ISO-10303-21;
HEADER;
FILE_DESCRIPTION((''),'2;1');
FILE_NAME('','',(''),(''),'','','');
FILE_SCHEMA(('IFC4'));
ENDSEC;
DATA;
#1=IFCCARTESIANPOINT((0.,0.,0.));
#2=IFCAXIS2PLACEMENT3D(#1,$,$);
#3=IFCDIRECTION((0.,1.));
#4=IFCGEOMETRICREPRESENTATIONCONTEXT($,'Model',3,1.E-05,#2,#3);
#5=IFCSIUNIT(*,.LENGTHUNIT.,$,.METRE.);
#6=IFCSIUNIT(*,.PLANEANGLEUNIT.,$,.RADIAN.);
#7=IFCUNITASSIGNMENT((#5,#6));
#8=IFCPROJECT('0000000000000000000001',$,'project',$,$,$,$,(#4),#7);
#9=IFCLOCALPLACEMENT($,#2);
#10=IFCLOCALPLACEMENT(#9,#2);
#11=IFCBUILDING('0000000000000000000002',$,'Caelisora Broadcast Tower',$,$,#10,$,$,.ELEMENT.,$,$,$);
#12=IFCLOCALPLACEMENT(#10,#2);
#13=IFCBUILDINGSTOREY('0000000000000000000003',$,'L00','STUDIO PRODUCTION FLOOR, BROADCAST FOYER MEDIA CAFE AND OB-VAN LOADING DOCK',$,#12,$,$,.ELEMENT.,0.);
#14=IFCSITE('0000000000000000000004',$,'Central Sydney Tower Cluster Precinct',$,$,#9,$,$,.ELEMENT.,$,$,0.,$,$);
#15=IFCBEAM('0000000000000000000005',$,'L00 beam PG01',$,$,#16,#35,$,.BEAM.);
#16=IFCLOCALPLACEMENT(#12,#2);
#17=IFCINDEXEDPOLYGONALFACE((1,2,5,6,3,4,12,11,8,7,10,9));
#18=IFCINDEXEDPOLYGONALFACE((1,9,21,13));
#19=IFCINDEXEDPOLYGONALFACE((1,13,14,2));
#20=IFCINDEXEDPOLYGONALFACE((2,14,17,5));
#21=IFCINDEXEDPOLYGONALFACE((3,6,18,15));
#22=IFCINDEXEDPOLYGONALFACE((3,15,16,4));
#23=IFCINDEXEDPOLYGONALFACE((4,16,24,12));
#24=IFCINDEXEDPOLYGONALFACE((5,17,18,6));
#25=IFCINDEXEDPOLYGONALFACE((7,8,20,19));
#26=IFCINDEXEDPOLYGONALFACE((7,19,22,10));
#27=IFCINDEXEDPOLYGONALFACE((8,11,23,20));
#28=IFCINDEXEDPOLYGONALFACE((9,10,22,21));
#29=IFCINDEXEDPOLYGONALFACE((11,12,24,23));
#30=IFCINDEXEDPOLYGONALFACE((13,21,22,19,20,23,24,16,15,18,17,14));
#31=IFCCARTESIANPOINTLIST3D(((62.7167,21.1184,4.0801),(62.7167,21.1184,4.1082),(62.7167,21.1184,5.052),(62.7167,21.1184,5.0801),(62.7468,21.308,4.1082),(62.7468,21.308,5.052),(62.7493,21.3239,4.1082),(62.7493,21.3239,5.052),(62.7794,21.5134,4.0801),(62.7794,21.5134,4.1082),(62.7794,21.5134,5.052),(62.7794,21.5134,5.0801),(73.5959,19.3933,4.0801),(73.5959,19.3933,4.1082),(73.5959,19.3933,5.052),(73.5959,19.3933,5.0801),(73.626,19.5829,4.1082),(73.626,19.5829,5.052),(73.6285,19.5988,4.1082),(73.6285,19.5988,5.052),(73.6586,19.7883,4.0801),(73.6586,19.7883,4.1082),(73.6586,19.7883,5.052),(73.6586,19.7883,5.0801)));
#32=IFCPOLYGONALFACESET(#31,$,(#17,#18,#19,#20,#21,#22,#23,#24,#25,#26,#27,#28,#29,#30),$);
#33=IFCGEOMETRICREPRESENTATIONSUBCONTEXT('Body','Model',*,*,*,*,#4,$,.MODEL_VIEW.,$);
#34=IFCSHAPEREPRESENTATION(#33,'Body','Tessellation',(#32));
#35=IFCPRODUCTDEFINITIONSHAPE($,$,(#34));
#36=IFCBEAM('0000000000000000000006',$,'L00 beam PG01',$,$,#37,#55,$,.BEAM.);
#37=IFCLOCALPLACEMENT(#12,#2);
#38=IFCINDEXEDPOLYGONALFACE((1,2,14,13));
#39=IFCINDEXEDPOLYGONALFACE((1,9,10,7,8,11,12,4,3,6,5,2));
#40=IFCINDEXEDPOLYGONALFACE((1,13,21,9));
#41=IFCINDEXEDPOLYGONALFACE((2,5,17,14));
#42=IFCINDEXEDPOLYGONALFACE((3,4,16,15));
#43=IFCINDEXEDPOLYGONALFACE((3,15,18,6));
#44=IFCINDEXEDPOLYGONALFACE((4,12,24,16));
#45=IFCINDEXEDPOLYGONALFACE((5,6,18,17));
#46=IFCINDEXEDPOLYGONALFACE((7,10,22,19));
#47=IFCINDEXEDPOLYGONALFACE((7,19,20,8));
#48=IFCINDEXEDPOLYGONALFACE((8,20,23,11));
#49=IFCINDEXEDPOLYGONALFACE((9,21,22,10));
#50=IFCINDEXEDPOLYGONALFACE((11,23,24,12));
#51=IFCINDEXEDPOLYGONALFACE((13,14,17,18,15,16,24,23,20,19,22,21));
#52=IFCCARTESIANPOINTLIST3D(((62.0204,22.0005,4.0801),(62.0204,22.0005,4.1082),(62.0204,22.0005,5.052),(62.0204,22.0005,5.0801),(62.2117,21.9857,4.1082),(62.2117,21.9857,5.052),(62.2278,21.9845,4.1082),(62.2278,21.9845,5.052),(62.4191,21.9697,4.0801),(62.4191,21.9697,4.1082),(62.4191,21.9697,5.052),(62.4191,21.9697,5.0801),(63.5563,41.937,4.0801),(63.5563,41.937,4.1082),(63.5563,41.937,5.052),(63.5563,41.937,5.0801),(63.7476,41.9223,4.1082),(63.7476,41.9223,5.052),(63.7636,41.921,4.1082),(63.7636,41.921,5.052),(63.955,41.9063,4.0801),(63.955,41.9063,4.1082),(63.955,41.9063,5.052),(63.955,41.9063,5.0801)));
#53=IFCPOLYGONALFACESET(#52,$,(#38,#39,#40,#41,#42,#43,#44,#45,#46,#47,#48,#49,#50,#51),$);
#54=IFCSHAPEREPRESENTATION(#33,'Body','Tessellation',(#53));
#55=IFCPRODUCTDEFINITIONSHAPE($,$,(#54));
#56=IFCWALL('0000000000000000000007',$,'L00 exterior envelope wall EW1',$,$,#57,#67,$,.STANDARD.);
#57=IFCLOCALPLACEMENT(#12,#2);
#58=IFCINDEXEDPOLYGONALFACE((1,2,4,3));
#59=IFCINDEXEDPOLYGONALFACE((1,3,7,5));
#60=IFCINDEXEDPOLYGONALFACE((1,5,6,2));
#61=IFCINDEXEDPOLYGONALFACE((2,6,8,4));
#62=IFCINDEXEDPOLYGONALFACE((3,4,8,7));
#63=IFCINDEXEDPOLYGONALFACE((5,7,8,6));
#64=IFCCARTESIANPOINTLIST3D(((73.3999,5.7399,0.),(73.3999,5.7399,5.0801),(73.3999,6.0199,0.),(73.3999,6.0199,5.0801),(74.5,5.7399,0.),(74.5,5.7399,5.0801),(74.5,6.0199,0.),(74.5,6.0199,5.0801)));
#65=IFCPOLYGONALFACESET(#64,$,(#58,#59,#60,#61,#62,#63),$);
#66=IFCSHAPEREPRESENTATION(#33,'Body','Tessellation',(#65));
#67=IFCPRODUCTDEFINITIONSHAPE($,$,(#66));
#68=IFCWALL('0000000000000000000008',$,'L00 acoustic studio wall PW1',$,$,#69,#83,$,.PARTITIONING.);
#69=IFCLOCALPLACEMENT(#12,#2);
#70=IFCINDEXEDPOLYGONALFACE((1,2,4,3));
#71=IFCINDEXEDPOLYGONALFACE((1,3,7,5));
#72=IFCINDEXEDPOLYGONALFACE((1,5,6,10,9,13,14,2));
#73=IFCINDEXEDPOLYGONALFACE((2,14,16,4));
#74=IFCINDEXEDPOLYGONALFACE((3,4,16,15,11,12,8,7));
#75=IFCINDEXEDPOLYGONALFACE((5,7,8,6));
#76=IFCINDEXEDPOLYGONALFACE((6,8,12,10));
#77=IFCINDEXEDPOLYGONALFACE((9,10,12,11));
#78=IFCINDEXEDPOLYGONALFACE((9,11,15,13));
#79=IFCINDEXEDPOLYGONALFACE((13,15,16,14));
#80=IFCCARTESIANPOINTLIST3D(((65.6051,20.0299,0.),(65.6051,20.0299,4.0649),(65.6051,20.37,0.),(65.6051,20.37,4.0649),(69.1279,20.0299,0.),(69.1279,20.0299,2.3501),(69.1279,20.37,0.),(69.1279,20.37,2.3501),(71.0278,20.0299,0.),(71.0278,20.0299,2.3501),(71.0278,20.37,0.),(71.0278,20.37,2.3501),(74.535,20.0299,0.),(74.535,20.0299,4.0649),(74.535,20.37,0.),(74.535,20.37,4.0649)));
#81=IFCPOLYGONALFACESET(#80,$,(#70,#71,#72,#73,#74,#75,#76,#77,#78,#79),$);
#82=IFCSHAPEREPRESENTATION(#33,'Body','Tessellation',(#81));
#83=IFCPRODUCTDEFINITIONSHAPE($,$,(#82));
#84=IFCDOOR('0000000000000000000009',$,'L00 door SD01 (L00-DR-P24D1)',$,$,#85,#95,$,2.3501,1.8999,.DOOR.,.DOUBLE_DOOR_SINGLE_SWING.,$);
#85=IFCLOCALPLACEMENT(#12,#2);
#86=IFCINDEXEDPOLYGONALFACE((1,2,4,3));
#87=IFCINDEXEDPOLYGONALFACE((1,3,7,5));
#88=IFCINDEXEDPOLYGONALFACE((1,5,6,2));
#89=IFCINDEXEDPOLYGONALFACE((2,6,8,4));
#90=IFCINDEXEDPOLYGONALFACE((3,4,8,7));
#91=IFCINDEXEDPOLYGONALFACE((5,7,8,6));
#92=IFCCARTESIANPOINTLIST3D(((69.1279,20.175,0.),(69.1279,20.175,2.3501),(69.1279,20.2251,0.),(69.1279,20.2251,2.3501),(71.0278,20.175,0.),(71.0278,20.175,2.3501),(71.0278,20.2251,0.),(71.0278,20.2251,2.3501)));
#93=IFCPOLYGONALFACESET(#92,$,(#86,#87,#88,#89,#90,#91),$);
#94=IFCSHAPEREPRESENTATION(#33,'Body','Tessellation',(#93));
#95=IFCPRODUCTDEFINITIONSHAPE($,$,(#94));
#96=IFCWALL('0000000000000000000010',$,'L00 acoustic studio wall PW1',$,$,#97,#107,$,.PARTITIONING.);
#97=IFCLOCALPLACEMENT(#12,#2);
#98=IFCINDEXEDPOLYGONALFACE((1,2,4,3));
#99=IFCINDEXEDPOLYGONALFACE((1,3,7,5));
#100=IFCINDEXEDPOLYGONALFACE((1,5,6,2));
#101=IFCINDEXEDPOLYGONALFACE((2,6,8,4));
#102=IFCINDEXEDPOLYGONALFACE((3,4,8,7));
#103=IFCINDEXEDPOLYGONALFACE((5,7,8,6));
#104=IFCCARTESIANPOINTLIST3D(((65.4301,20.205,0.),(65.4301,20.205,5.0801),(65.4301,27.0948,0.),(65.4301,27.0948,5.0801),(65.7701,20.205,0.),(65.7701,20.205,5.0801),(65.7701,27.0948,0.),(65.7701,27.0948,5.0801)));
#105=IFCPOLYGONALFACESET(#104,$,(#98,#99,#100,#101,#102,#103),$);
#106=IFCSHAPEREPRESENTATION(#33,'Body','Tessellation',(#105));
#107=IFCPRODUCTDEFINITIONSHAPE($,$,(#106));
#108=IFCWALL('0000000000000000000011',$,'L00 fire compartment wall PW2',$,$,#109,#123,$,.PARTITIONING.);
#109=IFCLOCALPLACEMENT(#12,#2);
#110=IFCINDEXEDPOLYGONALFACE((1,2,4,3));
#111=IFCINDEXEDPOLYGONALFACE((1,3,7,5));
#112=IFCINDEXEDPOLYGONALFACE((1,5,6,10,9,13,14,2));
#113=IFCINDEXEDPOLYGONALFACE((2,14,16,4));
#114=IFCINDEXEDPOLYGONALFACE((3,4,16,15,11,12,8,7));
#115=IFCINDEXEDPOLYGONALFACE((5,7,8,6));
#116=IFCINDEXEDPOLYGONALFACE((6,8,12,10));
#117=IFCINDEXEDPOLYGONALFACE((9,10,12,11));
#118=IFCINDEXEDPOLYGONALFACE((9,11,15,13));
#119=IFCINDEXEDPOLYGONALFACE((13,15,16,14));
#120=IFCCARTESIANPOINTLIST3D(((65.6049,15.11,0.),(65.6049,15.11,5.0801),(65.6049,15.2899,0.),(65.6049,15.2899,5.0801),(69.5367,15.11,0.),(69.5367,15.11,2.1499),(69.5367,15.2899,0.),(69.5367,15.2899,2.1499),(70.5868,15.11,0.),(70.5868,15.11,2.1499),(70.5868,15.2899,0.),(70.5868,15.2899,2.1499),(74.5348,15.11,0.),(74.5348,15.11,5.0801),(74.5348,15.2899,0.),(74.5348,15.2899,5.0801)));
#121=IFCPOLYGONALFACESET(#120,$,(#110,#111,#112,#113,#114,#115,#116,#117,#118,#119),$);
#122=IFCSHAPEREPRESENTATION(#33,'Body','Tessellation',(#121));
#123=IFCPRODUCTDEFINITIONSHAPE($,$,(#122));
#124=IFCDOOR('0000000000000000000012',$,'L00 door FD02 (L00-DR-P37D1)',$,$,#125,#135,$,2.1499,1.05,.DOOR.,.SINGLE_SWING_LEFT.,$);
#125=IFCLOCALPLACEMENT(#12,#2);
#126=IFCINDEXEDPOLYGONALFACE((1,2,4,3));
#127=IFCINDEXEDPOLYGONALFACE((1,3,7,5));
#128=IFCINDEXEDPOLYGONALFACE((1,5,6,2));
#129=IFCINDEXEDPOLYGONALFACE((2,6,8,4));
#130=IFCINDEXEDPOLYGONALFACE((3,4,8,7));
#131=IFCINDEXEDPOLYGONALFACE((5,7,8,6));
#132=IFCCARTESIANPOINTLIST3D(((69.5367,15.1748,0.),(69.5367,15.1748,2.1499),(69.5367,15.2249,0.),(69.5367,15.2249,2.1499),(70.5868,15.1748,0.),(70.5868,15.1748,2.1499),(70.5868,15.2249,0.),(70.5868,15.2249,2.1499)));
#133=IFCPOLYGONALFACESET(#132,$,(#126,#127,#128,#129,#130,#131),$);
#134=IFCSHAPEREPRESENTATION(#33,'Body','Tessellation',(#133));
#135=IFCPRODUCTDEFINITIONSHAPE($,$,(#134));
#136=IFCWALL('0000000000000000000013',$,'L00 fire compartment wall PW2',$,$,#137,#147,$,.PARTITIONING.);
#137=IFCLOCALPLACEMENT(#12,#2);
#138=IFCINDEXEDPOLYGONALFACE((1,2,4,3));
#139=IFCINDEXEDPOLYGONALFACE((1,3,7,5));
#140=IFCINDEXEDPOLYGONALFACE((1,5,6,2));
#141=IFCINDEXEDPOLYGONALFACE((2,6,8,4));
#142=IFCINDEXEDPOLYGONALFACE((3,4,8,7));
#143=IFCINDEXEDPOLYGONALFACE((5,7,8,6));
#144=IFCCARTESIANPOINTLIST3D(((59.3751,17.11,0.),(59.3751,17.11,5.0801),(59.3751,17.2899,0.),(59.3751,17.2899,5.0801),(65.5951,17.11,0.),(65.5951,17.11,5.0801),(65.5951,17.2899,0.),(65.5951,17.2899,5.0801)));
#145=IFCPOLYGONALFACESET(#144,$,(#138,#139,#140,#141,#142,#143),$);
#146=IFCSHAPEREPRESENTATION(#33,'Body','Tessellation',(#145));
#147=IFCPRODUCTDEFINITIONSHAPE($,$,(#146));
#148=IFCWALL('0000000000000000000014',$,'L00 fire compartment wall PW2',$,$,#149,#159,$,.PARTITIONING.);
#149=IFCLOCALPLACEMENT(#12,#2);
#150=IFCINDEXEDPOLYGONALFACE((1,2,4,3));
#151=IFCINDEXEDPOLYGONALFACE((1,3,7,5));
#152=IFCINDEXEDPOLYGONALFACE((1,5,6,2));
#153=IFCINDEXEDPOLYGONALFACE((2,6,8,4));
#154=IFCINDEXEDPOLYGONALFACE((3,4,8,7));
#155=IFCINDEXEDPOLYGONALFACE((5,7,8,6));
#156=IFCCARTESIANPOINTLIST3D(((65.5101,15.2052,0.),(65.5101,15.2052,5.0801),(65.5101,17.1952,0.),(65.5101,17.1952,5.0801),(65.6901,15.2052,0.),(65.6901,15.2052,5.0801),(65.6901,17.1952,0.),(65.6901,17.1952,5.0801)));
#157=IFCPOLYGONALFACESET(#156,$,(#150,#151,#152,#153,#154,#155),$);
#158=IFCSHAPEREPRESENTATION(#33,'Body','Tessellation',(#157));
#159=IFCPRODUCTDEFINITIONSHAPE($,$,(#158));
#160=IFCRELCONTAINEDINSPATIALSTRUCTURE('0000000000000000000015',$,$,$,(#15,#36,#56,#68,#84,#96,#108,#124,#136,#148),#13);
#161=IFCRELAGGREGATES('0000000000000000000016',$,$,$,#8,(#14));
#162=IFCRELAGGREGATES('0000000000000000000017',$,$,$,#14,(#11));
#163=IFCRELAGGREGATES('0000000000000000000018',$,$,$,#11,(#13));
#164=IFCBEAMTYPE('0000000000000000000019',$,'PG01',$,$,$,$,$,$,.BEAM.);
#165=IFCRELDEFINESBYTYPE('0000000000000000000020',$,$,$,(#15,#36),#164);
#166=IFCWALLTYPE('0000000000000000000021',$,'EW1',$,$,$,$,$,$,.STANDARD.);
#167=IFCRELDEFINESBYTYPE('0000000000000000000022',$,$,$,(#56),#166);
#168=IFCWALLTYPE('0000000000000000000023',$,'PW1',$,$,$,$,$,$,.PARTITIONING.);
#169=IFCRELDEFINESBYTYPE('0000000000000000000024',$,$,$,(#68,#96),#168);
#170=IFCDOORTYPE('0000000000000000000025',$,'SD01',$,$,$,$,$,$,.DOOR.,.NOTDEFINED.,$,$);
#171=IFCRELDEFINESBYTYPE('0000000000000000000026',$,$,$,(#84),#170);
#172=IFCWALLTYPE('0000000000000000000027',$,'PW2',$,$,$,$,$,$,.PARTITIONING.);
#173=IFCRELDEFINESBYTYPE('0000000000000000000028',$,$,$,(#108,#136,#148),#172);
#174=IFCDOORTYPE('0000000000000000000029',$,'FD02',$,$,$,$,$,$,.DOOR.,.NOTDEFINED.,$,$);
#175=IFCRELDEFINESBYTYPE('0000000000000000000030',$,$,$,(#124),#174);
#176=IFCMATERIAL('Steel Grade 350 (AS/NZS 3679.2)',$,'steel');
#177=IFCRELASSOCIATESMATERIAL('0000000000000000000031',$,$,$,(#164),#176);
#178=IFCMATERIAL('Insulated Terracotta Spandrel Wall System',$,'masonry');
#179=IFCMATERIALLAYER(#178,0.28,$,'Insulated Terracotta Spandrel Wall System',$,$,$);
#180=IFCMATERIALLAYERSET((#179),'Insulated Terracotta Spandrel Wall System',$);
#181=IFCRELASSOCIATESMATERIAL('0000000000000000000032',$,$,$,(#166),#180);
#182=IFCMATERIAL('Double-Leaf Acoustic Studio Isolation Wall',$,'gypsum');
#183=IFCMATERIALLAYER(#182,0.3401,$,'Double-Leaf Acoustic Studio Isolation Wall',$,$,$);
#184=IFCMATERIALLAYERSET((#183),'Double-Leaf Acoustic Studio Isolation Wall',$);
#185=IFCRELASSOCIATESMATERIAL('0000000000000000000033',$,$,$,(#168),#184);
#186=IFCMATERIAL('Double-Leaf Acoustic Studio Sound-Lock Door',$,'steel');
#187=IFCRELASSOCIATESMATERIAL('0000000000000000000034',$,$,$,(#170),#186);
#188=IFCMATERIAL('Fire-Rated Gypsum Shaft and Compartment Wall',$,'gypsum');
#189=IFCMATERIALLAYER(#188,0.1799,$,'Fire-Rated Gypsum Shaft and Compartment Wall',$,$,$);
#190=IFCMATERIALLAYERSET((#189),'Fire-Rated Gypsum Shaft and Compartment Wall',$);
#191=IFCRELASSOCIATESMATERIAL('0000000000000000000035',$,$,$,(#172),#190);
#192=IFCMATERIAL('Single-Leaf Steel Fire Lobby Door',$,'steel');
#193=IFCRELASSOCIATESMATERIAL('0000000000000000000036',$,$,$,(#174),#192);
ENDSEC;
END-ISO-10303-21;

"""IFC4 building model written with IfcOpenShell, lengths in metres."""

from ifc_helpers import new_model, si_unit, direction, frame, frame_2d, origin, origin_2d, place, context, subcontext, project, spatial, rectangle, i_section, extrude, source, transform, mapped, material, layer, layer_set, material_profile, profile_set, type_object, element, fill, save


model = new_model("IFC4")

# Units and contexts
model_context = context("Model", 3, precision=1e-05, world=origin(), true_north=direction((0.0, 1.0)))
body_context = subcontext(model_context, "Body", "Model", "MODEL_VIEW")
ifc_project = project(units=[si_unit("LENGTHUNIT", "METRE"), si_unit("PLANEANGLEUNIT", "RADIAN")], contexts=[model_context])

# Site, building, storey
site_placement = place(None, origin())
site = spatial("IfcSite", under=ifc_project, at=site_placement, Name="Central Sydney Tower Cluster Precinct", CompositionType="ELEMENT", RefElevation=0.0)
building_placement = place(site_placement, origin())
building = spatial("IfcBuilding", under=site, at=building_placement, Name="Caelisora Broadcast Tower", CompositionType="ELEMENT")
storey_placement = place(building_placement, origin())
storey = spatial("IfcBuildingStorey", under=building, at=storey_placement, Name="L00", Description="STUDIO PRODUCTION FLOOR, BROADCAST FOYER MEDIA CAFE AND OB-VAN LOADING DOCK", CompositionType="ELEMENT", Elevation=0.0)

# Beams
ifc_material_1 = material(Name="Steel Grade 350 (AS/NZS 3679.2)", Category="steel")
ifc_material_profile_1 = material_profile(ifc_material_1, i_section(OverallWidth=0.3999, OverallDepth=1.0, WebThickness=0.0161, FlangeThickness=0.0281, at=origin_2d()), Name="Steel Grade 350 (AS/NZS 3679.2)")
ifc_profile_set_1 = profile_set([ifc_material_profile_1], Name="Steel Grade 350 (AS/NZS 3679.2)")
beam_type_1 = type_object("IfcBeamType", Name="PG01", PredefinedType="BEAM", material=ifc_profile_set_1)
shared_shape_1 = source(origin(), body_context, "Body", "SweptSolid", [
    extrude(i_section(OverallWidth=0.3999, OverallDepth=1.0, WebThickness=0.0161, FlangeThickness=0.0281, at=origin_2d()), origin(), (0.0, 0.0, 1.0), 11.0151),
])
beam_1_placement = place(storey_placement, frame((62.748, 21.3159, 4.5801), z_axis=(0.98766, -0.156612, 0.0), x_axis=(0.156612, 0.98766, 0.0)))
element("IfcBeam", 1, at=beam_1_placement, inside=storey, type_object=beam_type_1, Name="L00 beam PG01", PredefinedType="BEAM", context=body_context, shape_type="MappedRepresentation", body=[
    mapped(shared_shape_1, transform((0.0, 0.0, 0.0), scale=1.0)),
])
shared_shape_2 = source(origin(), body_context, "Body", "SweptSolid", [
    extrude(i_section(OverallWidth=0.3999, OverallDepth=1.0, WebThickness=0.0161, FlangeThickness=0.0281, at=origin_2d()), origin(), (0.0, 0.0, 1.0), 19.9956),
])
beam_2_placement = place(storey_placement, frame((62.2197, 21.9851, 4.5801), z_axis=(0.076811, 0.997046, 0.0), x_axis=(-0.997046, 0.076811, 0.0)))
element("IfcBeam", 2, at=beam_2_placement, inside=storey, type_object=beam_type_1, Name="L00 beam PG01", PredefinedType="BEAM", context=body_context, shape_type="MappedRepresentation", body=[
    mapped(shared_shape_2, transform((0.0, 0.0, 0.0), scale=1.0)),
])

# Wall
ifc_material_2 = material(Name="Insulated Terracotta Spandrel Wall System", Category="masonry")
ifc_layer_1 = layer(ifc_material_2, 0.28, Name="Insulated Terracotta Spandrel Wall System")
ifc_layer_set_1 = layer_set([ifc_layer_1], Name="Insulated Terracotta Spandrel Wall System")
wall_type_1 = type_object("IfcWallType", Name="EW1", PredefinedType="STANDARD", material=ifc_layer_set_1)
wall_1_placement = place(storey_placement, frame((73.3999, 5.8799, 0.0), z_axis=(0.0, 0.0, 1.0), x_axis=(1.0, 0.0, 0.0)))
element("IfcWall", 3, at=wall_1_placement, inside=storey, type_object=wall_type_1, Name="L00 exterior envelope wall EW1", PredefinedType="STANDARD", context=body_context, shape_type="SweptSolid", body=[
    extrude(rectangle(XDim=1.1001, YDim=0.28, at=frame_2d((0.55, 0.0))), origin(), (0.0, 0.0, 1.0), 5.0801),
])

# Wall, opening, door
ifc_material_3 = material(Name="Double-Leaf Acoustic Studio Isolation Wall", Category="gypsum")
ifc_layer_2 = layer(ifc_material_3, 0.3401, Name="Double-Leaf Acoustic Studio Isolation Wall")
ifc_layer_set_2 = layer_set([ifc_layer_2], Name="Double-Leaf Acoustic Studio Isolation Wall")
wall_type_2 = type_object("IfcWallType", Name="PW1", PredefinedType="PARTITIONING", material=ifc_layer_set_2)
wall_2_placement = place(storey_placement, frame((74.5349, 20.2, 0.0), z_axis=(0.0, 0.0, 1.0), x_axis=(-1.0, 0.0, 0.0)))
wall_2 = element("IfcWall", 4, at=wall_2_placement, inside=storey, type_object=wall_type_2, Name="L00 acoustic studio wall PW1", PredefinedType="PARTITIONING", context=body_context, shape_type="SweptSolid", body=[
    extrude(rectangle(XDim=8.9299, YDim=0.3401, at=frame_2d((4.4648, 0.0))), origin(), (0.0, 0.0, 1.0), 4.0649),
])
opening_1_placement = place(wall_2_placement, frame((3.5071, 0.0, 0.0)))
opening_1 = element("IfcOpeningElement", 5, at=opening_1_placement, cuts=wall_2, PredefinedType="OPENING", context=body_context, shape_type="SweptSolid", body=[
    extrude(rectangle(XDim=1.8999, YDim=2.3501, at=frame_2d((0.95, 1.175))), frame((0.0, 0.1821, 0.0), z_axis=(0.0, -1.0, 0.0), x_axis=(1.0, 0.0, 0.0)), (0.0, 0.0, 1.0), 0.364),
])
ifc_material_4 = material(Name="Double-Leaf Acoustic Studio Sound-Lock Door", Category="steel")
door_type_1 = type_object("IfcDoorType", Name="SD01", OperationType="NOTDEFINED", PredefinedType="DOOR", material=ifc_material_4)
door_1_placement = place(opening_1_placement, origin())
door_1 = element("IfcDoor", 6, at=door_1_placement, inside=storey, type_object=door_type_1, Name="L00 door SD01 (L00-DR-P24D1)", OperationType="DOUBLE_DOOR_SINGLE_SWING", OverallHeight=2.3501, OverallWidth=1.8999, PredefinedType="DOOR", context=body_context, shape_type="SweptSolid", body=[
    extrude(rectangle(XDim=1.8999, YDim=2.3501, at=frame_2d((0.95, 1.175))), frame((0.0, 0.0249, 0.0), z_axis=(0.0, -1.0, 0.0), x_axis=(1.0, 0.0, 0.0)), (0.0, 0.0, 1.0), 0.05),
])
fill(opening_1, door_1)

# Wall
wall_3_placement = place(storey_placement, frame((65.6001, 20.2051, 0.0), z_axis=(0.0, 0.0, 1.0), x_axis=(0.0, 1.0, 0.0)))
element("IfcWall", 7, at=wall_3_placement, inside=storey, type_object=wall_type_2, Name="L00 acoustic studio wall PW1", PredefinedType="PARTITIONING", context=body_context, shape_type="SweptSolid", body=[
    extrude(rectangle(XDim=6.8899, YDim=0.3401, at=frame_2d((3.4448, 0.0))), origin(), (0.0, 0.0, 1.0), 5.0801),
])

# Wall, opening, door
ifc_material_5 = material(Name="Fire-Rated Gypsum Shaft and Compartment Wall", Category="gypsum")
ifc_layer_3 = layer(ifc_material_5, 0.1799, Name="Fire-Rated Gypsum Shaft and Compartment Wall")
ifc_layer_set_3 = layer_set([ifc_layer_3], Name="Fire-Rated Gypsum Shaft and Compartment Wall")
wall_type_3 = type_object("IfcWallType", Name="PW2", PredefinedType="PARTITIONING", material=ifc_layer_set_3)
wall_4_placement = place(storey_placement, frame((65.605, 15.2, 0.0), z_axis=(0.0, 0.0, 1.0), x_axis=(1.0, 0.0, 0.0)))
wall_4 = element("IfcWall", 8, at=wall_4_placement, inside=storey, type_object=wall_type_3, Name="L00 fire compartment wall PW2", PredefinedType="PARTITIONING", context=body_context, shape_type="SweptSolid", body=[
    extrude(rectangle(XDim=8.9299, YDim=0.1799, at=frame_2d((4.4648, 0.0))), origin(), (0.0, 0.0, 1.0), 5.0801),
])
opening_2_placement = place(wall_4_placement, frame((3.9319, 0.0, 0.0)))
opening_2 = element("IfcOpeningElement", 9, at=opening_2_placement, cuts=wall_4, PredefinedType="OPENING", context=body_context, shape_type="SweptSolid", body=[
    extrude(rectangle(XDim=1.05, YDim=2.1499, at=frame_2d((0.5249, 1.075))), frame((0.0, 0.1021, 0.0), z_axis=(0.0, -1.0, 0.0), x_axis=(1.0, 0.0, 0.0)), (0.0, 0.0, 1.0), 0.2039),
])
ifc_material_6 = material(Name="Single-Leaf Steel Fire Lobby Door", Category="steel")
door_type_2 = type_object("IfcDoorType", Name="FD02", OperationType="NOTDEFINED", PredefinedType="DOOR", material=ifc_material_6)
door_2_placement = place(opening_2_placement, origin())
door_2 = element("IfcDoor", 10, at=door_2_placement, inside=storey, type_object=door_type_2, Name="L00 door FD02 (L00-DR-P37D1)", OperationType="SINGLE_SWING_LEFT", OverallHeight=2.1499, OverallWidth=1.05, PredefinedType="DOOR", context=body_context, shape_type="SweptSolid", body=[
    extrude(rectangle(XDim=1.05, YDim=2.1499, at=frame_2d((0.5249, 1.075))), frame((0.0, 0.0249, 0.0), z_axis=(0.0, -1.0, 0.0), x_axis=(1.0, 0.0, 0.0)), (0.0, 0.0, 1.0), 0.05),
])
fill(opening_2, door_2)

# Walls
wall_5_placement = place(storey_placement, frame((65.595, 17.2, 0.0), z_axis=(0.0, 0.0, 1.0), x_axis=(-1.0, 0.0, 0.0)))
element("IfcWall", 11, at=wall_5_placement, inside=storey, type_object=wall_type_3, Name="L00 fire compartment wall PW2", PredefinedType="PARTITIONING", context=body_context, shape_type="SweptSolid", body=[
    extrude(rectangle(XDim=6.22, YDim=0.1799, at=frame_2d((3.1099, 0.0))), origin(), (0.0, 0.0, 1.0), 5.0801),
])
wall_6_placement = place(storey_placement, frame((65.6001, 15.2051, 0.0), z_axis=(0.0, 0.0, 1.0), x_axis=(0.0, 1.0, 0.0)))
element("IfcWall", 12, at=wall_6_placement, inside=storey, type_object=wall_type_3, Name="L00 fire compartment wall PW2", PredefinedType="PARTITIONING", context=body_context, shape_type="SweptSolid", body=[
    extrude(rectangle(XDim=1.99, YDim=0.1799, at=frame_2d((0.9951, 0.0))), origin(), (0.0, 0.0, 1.0), 5.0801),
])

save(model, "model.ifc")
